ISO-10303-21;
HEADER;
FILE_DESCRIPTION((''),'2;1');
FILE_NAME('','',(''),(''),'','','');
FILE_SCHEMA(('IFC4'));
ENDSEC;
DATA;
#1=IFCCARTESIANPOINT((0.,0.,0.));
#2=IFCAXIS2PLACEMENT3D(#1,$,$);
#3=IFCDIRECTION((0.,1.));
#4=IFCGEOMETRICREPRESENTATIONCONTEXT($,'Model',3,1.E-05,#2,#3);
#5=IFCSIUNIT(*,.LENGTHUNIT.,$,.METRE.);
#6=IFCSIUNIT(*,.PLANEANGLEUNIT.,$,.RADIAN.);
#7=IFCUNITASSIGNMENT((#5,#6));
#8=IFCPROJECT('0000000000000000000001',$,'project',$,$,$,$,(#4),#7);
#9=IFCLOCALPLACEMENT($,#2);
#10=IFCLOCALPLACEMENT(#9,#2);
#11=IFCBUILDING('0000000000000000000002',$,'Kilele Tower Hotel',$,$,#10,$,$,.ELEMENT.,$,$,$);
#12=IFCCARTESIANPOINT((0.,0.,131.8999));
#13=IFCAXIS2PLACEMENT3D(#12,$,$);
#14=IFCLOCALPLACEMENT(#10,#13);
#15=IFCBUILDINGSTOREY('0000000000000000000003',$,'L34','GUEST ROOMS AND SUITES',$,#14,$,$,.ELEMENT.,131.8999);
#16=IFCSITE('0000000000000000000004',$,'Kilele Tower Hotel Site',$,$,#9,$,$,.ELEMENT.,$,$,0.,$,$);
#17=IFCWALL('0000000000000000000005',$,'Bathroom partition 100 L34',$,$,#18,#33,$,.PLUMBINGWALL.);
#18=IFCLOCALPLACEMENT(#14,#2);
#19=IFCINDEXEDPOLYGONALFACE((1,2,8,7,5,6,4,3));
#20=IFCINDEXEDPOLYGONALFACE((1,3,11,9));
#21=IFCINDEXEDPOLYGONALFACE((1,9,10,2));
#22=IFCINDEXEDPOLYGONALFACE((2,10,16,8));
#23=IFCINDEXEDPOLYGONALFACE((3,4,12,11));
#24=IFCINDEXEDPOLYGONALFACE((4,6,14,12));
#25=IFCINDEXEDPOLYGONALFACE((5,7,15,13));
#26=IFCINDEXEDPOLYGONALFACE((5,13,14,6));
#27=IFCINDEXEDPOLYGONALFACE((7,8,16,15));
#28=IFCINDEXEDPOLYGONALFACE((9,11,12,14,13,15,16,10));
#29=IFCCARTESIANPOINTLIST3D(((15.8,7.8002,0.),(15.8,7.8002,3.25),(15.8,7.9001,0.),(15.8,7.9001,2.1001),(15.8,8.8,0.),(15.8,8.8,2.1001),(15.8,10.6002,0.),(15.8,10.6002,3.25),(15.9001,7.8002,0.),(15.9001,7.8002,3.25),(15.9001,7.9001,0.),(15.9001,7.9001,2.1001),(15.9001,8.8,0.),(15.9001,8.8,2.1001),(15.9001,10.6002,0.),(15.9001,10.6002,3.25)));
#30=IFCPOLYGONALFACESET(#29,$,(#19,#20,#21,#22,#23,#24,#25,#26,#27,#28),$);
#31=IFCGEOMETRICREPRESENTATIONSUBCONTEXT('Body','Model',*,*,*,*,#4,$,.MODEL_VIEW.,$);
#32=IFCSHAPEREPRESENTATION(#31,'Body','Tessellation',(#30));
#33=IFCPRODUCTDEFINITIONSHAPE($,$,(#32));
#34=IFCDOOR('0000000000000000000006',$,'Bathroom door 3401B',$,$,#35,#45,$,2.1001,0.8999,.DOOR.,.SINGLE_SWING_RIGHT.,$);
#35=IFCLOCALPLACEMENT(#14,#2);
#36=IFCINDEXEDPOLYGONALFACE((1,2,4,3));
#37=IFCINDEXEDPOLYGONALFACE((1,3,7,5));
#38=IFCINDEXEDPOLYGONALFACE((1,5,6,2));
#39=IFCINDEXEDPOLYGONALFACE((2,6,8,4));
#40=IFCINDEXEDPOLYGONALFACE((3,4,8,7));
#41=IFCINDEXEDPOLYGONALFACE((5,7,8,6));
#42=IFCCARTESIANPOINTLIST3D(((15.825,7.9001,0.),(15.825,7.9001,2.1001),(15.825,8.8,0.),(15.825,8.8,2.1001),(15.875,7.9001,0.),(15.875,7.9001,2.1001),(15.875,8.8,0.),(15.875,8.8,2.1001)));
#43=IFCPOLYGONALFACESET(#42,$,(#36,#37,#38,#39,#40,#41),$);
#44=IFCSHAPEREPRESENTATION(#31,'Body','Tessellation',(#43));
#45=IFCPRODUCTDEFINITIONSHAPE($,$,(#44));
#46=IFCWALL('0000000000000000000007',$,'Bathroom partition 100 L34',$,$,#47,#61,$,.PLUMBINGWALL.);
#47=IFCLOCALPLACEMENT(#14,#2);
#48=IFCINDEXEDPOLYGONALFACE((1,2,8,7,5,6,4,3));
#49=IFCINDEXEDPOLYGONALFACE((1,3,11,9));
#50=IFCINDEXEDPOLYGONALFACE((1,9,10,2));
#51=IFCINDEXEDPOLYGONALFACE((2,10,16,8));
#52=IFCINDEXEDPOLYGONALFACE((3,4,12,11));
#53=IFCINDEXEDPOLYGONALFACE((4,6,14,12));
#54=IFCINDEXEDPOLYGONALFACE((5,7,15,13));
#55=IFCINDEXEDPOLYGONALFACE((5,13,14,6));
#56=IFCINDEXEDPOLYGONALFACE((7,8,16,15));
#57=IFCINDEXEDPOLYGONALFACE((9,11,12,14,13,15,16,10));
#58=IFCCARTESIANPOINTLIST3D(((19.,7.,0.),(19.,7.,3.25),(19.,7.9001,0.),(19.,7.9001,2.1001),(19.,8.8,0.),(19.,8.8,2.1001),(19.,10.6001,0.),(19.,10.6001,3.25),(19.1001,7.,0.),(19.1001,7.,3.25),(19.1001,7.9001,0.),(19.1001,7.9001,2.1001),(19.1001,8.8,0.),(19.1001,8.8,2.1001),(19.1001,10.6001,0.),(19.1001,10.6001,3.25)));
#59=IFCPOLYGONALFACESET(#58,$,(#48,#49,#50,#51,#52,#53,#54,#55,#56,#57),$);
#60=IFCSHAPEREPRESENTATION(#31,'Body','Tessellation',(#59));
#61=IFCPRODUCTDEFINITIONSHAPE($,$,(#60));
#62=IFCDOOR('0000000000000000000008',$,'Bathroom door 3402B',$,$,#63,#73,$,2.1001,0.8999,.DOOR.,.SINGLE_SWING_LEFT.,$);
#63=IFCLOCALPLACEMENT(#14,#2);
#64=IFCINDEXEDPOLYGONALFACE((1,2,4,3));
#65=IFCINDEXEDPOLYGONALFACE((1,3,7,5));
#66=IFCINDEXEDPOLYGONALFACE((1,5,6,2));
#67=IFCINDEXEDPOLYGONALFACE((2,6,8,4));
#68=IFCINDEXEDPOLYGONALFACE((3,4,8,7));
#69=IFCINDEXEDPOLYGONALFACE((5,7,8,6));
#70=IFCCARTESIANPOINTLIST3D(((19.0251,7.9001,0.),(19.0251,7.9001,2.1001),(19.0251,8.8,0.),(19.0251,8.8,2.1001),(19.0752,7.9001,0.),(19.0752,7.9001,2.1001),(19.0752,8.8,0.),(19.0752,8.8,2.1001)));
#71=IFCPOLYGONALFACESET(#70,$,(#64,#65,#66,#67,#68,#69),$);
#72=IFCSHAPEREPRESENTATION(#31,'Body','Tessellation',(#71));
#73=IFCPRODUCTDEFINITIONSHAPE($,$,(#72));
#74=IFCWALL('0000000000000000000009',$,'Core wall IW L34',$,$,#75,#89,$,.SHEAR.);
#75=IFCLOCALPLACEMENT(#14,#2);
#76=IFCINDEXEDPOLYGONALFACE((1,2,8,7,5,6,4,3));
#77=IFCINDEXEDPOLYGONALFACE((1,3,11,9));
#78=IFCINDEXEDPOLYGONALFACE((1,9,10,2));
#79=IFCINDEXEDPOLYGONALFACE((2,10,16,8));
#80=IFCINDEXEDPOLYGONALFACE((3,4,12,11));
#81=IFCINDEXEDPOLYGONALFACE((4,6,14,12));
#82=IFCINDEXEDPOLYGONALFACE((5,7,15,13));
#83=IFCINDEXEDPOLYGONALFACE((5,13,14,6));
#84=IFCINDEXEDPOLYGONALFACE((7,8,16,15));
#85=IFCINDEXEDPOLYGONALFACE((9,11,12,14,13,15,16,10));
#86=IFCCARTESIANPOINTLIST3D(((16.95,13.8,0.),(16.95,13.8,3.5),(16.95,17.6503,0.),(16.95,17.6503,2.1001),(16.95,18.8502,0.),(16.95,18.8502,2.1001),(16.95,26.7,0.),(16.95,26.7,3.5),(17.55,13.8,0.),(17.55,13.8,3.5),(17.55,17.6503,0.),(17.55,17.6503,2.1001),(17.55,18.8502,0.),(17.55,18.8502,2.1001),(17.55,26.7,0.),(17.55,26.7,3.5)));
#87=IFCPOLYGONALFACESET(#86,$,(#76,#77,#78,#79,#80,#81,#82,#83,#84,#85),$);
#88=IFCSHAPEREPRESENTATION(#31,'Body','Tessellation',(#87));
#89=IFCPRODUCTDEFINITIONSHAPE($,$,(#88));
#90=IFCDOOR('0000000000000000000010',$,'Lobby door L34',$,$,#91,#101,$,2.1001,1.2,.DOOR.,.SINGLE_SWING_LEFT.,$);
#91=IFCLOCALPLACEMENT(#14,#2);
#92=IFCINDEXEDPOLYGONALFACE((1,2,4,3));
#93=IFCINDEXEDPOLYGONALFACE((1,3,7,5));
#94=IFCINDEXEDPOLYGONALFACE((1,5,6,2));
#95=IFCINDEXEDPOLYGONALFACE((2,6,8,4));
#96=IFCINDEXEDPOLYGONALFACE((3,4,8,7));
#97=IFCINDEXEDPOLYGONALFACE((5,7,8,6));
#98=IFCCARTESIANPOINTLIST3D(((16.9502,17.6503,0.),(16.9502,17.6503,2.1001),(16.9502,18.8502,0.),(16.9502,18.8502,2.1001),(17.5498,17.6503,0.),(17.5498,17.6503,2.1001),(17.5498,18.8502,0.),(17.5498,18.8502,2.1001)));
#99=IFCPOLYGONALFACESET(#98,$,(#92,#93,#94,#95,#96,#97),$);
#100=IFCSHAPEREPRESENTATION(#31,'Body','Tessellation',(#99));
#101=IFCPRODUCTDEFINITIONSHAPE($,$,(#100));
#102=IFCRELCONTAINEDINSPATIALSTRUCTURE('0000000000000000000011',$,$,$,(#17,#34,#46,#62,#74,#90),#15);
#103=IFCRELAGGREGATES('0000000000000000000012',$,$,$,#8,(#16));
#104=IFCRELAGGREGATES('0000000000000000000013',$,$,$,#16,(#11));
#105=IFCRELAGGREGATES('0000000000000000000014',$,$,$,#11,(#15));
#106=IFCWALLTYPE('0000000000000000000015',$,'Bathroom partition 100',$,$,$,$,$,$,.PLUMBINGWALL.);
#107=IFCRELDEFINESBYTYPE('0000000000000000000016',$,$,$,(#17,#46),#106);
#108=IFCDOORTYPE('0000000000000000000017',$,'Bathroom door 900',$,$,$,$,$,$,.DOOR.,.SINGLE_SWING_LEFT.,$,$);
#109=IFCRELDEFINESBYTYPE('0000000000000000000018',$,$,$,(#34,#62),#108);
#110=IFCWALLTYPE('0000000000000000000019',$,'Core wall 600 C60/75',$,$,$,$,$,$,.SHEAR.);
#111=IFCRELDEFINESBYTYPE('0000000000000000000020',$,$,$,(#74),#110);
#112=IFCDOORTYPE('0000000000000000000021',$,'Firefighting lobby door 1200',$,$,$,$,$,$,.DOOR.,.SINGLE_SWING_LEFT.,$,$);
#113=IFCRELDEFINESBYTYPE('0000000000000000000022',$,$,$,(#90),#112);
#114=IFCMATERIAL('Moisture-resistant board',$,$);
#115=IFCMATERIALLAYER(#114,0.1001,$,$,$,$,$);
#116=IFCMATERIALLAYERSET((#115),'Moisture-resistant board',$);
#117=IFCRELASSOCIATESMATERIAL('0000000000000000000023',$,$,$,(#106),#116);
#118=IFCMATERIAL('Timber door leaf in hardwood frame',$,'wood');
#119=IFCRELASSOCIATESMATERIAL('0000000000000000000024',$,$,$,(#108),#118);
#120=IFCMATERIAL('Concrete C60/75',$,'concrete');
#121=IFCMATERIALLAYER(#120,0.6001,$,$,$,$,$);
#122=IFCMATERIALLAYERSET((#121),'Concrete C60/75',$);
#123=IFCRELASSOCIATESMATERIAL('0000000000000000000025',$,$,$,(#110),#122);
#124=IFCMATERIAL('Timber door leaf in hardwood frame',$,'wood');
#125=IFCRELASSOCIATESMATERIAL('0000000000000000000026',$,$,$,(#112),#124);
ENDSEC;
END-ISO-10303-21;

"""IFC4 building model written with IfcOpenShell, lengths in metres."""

from ifc_helpers import new_model, si_unit, direction, frame, frame_2d, origin, place, context, subcontext, project, spatial, rectangle, extrude, material, layer, layer_set, type_object, element, fill, save


model = new_model("IFC4")

# Units and contexts
model_context = context("Model", 3, precision=1e-05, world=origin(), true_north=direction((0.0, 1.0)))
body_context = subcontext(model_context, "Body", "Model", "MODEL_VIEW")
ifc_project = project(units=[si_unit("LENGTHUNIT", "METRE"), si_unit("PLANEANGLEUNIT", "RADIAN")], contexts=[model_context])

# Site, building, storey
site_placement = place(None, origin())
site = spatial("IfcSite", under=ifc_project, at=site_placement, Name="Kilele Tower Hotel Site", CompositionType="ELEMENT", RefElevation=0.0)
building_placement = place(site_placement, origin())
building = spatial("IfcBuilding", under=site, at=building_placement, Name="Kilele Tower Hotel", CompositionType="ELEMENT")
storey_placement = place(building_placement, frame((0.0, 0.0, 131.8999)))
storey = spatial("IfcBuildingStorey", under=building, at=storey_placement, Name="L34", Description="GUEST ROOMS AND SUITES", CompositionType="ELEMENT", Elevation=131.8999)

# Walls, openings, doors
ifc_material_1 = material(Name="Moisture-resistant board")
ifc_layer_1 = layer(ifc_material_1, 0.1001)
ifc_layer_set_1 = layer_set([ifc_layer_1], Name="Moisture-resistant board")
wall_type_1 = type_object("IfcWallType", Name="Bathroom partition 100", PredefinedType="PLUMBINGWALL", material=ifc_layer_set_1)
wall_1_placement = place(storey_placement, frame((15.8501, 10.6001, 0.0), z_axis=(0.0, 0.0, 1.0), x_axis=(0.0, -1.0, 0.0)))
wall_1 = element("IfcWall", 1, at=wall_1_placement, inside=storey, type_object=wall_type_1, Name="Bathroom partition 100 L34", PredefinedType="PLUMBINGWALL", context=body_context, shape_type="SweptSolid", body=[
    extrude(rectangle(XDim=2.8, YDim=0.1001, at=frame_2d((1.3999, 0.0))), origin(), (0.0, 0.0, 1.0), 3.25),
])
opening_1_placement = place(wall_1_placement, frame((1.8, 0.0, 0.0)))
opening_1 = element("IfcOpeningElement", 2, at=opening_1_placement, cuts=wall_1, PredefinedType="OPENING", context=body_context, shape_type="SweptSolid", body=[
    extrude(rectangle(XDim=0.8999, YDim=2.1001, at=frame_2d((0.45, 1.05))), frame((0.0, 0.0601, 0.0), z_axis=(0.0, -1.0, 0.0), x_axis=(1.0, 0.0, 0.0)), (0.0, 0.0, 1.0), 0.1201),
])
ifc_material_2 = material(Name="Timber door leaf in hardwood frame", Category="wood")
door_type_1 = type_object("IfcDoorType", Name="Bathroom door 900", OperationType="SINGLE_SWING_LEFT", PredefinedType="DOOR", material=ifc_material_2)
door_1_placement = place(opening_1_placement, origin())
door_1 = element("IfcDoor", 3, at=door_1_placement, inside=storey, type_object=door_type_1, Name="Bathroom door 3401B", OperationType="SINGLE_SWING_RIGHT", OverallHeight=2.1001, OverallWidth=0.8999, PredefinedType="DOOR", context=body_context, shape_type="SweptSolid", body=[
    extrude(rectangle(XDim=0.8999, YDim=2.1001, at=frame_2d((0.45, 1.05))), frame((0.0, 0.0249, 0.0), z_axis=(0.0, -1.0, 0.0), x_axis=(1.0, 0.0, 0.0)), (0.0, 0.0, 1.0), 0.05),
])
fill(opening_1, door_1)
wall_2_placement = place(storey_placement, frame((19.05, 10.6001, 0.0), z_axis=(0.0, 0.0, 1.0), x_axis=(0.0, -1.0, 0.0)))
wall_2 = element("IfcWall", 4, at=wall_2_placement, inside=storey, type_object=wall_type_1, Name="Bathroom partition 100 L34", PredefinedType="PLUMBINGWALL", context=body_context, shape_type="SweptSolid", body=[
    extrude(rectangle(XDim=3.6001, YDim=0.1001, at=frame_2d((1.8, 0.0))), origin(), (0.0, 0.0, 1.0), 3.25),
])
opening_2_placement = place(wall_2_placement, frame((2.7, 0.0, 0.0), z_axis=(0.0, 0.0, 1.0), x_axis=(-1.0, 0.0, 0.0)))
opening_2 = element("IfcOpeningElement", 5, at=opening_2_placement, cuts=wall_2, PredefinedType="OPENING", context=body_context, shape_type="SweptSolid", body=[
    extrude(rectangle(XDim=0.8999, YDim=2.1001, at=frame_2d((0.45, 1.05))), frame((0.0, 0.0601, 0.0), z_axis=(0.0, -1.0, 0.0), x_axis=(1.0, 0.0, 0.0)), (0.0, 0.0, 1.0), 0.1201),
])
door_2_placement = place(opening_2_placement, origin())
door_2 = element("IfcDoor", 6, at=door_2_placement, inside=storey, type_object=door_type_1, Name="Bathroom door 3402B", OperationType="SINGLE_SWING_LEFT", OverallHeight=2.1001, OverallWidth=0.8999, PredefinedType="DOOR", context=body_context, shape_type="SweptSolid", body=[
    extrude(rectangle(XDim=0.8999, YDim=2.1001, at=frame_2d((0.45, 1.05))), frame((0.0, 0.0249, 0.0), z_axis=(0.0, -1.0, 0.0), x_axis=(1.0, 0.0, 0.0)), (0.0, 0.0, 1.0), 0.05),
])
fill(opening_2, door_2)
ifc_material_3 = material(Name="Concrete C60/75", Category="concrete")
ifc_layer_2 = layer(ifc_material_3, 0.6001)
ifc_layer_set_2 = layer_set([ifc_layer_2], Name="Concrete C60/75")
wall_type_2 = type_object("IfcWallType", Name="Core wall 600 C60/75", PredefinedType="SHEAR", material=ifc_layer_set_2)
wall_3_placement = place(storey_placement, frame((17.25, 13.8, 0.0), z_axis=(0.0, 0.0, 1.0), x_axis=(0.0, 1.0, 0.0)))
wall_3 = element("IfcWall", 7, at=wall_3_placement, inside=storey, type_object=wall_type_2, Name="Core wall IW L34", PredefinedType="SHEAR", context=body_context, shape_type="SweptSolid", body=[
    extrude(rectangle(XDim=12.8999, YDim=0.6001, at=frame_2d((6.45, 0.0))), origin(), (0.0, 0.0, 1.0), 3.5),
])
opening_3_placement = place(wall_3_placement, frame((3.8501, 0.0, 0.0)))
opening_3 = element("IfcOpeningElement", 8, at=opening_3_placement, cuts=wall_3, PredefinedType="OPENING", context=body_context, shape_type="SweptSolid", body=[
    extrude(rectangle(XDim=1.2, YDim=2.1001, at=frame_2d((0.6001, 1.05))), frame((0.0, 0.3101, 0.0), z_axis=(0.0, -1.0, 0.0), x_axis=(1.0, 0.0, 0.0)), (0.0, 0.0, 1.0), 0.6201),
])
ifc_material_4 = material(Name="Timber door leaf in hardwood frame", Category="wood")
door_type_2 = type_object("IfcDoorType", Name="Firefighting lobby door 1200", OperationType="SINGLE_SWING_LEFT", PredefinedType="DOOR", material=ifc_material_4)
door_3_placement = place(opening_3_placement, origin())
door_3 = element("IfcDoor", 9, at=door_3_placement, inside=storey, type_object=door_type_2, Name="Lobby door L34", OperationType="SINGLE_SWING_LEFT", OverallHeight=2.1001, OverallWidth=1.2, PredefinedType="DOOR", context=body_context, shape_type="SweptSolid", body=[
    extrude(rectangle(XDim=1.2, YDim=2.1001, at=frame_2d((0.6001, 1.05))), frame((0.0, 0.2998, 0.0), z_axis=(0.0, -1.0, 0.0), x_axis=(1.0, 0.0, 0.0)), (0.0, 0.0, 1.0), 0.5996),
])
fill(opening_3, door_3)

save(model, "model.ifc")
